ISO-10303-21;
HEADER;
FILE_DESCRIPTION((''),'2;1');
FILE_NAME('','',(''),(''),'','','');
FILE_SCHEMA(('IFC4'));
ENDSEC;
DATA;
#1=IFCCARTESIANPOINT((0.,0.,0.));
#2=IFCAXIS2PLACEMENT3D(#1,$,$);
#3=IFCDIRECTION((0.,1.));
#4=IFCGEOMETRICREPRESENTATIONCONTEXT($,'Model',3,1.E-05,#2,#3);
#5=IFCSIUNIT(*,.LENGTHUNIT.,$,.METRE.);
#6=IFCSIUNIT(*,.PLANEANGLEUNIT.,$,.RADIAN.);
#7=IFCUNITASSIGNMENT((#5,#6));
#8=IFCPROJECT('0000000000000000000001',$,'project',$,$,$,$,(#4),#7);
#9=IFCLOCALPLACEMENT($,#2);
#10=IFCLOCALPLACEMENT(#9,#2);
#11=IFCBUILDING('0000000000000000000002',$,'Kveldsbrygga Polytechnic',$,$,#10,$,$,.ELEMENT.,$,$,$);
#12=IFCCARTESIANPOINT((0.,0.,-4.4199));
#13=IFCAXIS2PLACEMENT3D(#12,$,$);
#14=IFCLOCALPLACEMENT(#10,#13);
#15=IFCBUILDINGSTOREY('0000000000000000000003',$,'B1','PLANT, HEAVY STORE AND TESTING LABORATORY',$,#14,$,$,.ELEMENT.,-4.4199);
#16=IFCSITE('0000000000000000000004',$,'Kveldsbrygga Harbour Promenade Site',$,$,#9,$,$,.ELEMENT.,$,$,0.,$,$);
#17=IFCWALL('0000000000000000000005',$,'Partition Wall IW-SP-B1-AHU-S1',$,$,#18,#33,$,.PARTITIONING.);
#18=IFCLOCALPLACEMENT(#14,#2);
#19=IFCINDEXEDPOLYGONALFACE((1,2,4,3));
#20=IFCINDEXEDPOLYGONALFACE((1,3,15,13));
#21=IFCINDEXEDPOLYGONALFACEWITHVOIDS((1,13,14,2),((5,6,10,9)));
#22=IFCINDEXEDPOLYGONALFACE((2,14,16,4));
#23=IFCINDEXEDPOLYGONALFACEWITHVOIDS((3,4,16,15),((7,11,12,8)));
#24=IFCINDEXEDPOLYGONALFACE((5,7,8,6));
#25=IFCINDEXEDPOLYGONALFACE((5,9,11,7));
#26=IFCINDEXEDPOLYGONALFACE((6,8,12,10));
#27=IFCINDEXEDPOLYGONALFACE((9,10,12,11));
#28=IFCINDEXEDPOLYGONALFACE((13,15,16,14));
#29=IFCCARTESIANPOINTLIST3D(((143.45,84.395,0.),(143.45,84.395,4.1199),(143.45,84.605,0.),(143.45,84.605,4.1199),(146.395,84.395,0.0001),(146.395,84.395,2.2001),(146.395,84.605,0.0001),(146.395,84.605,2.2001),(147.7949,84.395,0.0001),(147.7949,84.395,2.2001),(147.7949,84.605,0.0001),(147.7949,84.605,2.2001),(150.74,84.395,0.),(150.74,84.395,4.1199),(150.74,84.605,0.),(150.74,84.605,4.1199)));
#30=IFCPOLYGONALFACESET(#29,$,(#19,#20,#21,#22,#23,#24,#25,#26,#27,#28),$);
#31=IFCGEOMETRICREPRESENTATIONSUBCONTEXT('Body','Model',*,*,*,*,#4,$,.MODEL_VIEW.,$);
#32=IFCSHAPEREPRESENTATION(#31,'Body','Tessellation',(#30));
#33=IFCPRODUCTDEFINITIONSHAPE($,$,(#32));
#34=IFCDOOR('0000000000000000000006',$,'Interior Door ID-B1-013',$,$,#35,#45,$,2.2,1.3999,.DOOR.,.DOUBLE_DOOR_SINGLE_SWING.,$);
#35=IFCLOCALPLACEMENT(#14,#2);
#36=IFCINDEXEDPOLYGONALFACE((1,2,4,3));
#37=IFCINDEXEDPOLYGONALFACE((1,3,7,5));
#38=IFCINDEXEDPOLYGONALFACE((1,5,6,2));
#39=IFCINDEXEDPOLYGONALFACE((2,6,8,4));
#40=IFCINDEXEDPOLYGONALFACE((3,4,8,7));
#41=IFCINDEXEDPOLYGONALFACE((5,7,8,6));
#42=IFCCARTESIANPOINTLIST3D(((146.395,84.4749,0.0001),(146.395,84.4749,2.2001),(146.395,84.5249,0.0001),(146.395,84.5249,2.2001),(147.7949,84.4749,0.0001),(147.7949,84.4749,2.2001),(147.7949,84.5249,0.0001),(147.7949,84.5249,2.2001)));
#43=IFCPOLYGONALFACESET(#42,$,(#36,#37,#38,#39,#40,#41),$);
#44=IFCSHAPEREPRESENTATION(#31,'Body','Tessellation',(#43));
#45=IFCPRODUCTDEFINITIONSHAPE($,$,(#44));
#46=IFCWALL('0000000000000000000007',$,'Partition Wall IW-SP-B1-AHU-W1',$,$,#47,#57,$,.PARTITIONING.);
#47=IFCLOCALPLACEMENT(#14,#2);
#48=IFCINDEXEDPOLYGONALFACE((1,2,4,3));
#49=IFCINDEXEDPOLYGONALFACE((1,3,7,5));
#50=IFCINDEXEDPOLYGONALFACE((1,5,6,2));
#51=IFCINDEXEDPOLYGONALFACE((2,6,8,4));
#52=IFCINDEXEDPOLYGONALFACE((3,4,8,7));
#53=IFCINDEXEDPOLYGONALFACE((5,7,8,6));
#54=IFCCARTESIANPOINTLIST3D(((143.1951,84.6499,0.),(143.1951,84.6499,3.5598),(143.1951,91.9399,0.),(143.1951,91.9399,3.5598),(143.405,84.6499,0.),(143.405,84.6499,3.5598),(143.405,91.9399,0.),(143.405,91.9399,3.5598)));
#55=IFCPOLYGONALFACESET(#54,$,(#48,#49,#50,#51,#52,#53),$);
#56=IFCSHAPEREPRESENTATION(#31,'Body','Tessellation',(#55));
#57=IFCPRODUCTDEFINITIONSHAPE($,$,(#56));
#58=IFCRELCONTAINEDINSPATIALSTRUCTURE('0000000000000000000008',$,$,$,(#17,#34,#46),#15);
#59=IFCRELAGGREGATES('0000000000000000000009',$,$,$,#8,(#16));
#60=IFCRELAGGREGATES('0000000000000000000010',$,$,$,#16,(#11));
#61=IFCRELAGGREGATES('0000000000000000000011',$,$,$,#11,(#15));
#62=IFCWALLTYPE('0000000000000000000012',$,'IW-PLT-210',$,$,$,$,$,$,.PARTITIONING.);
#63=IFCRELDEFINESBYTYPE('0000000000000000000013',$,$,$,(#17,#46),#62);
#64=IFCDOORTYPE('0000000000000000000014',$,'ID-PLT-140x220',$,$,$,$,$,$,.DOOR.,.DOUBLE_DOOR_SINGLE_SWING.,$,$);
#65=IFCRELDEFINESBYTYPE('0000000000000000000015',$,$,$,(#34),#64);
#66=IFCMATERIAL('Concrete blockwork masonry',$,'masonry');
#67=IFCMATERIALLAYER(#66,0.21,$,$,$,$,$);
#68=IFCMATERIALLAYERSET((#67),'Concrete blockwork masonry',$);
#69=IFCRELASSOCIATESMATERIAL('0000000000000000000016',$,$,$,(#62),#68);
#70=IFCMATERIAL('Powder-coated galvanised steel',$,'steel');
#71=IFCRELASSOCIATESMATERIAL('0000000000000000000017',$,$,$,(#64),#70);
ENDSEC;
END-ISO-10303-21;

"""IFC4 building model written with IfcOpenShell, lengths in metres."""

from ifc_helpers import new_model, si_unit, direction, frame, frame_2d, origin, place, context, subcontext, project, spatial, rectangle, extrude, material, layer, layer_set, type_object, element, fill, save


model = new_model("IFC4")

# Units and contexts
model_context = context("Model", 3, precision=1e-05, world=origin(), true_north=direction((0.0, 1.0)))
body_context = subcontext(model_context, "Body", "Model", "MODEL_VIEW")
ifc_project = project(units=[si_unit("LENGTHUNIT", "METRE"), si_unit("PLANEANGLEUNIT", "RADIAN")], contexts=[model_context])

# Site, building, storey
site_placement = place(None, origin())
site = spatial("IfcSite", under=ifc_project, at=site_placement, Name="Kveldsbrygga Harbour Promenade Site", CompositionType="ELEMENT", RefElevation=0.0)
building_placement = place(site_placement, origin())
building = spatial("IfcBuilding", under=site, at=building_placement, Name="Kveldsbrygga Polytechnic", CompositionType="ELEMENT")
storey_placement = place(building_placement, frame((0.0, 0.0, -4.4199)))
storey = spatial("IfcBuildingStorey", under=building, at=storey_placement, Name="B1", Description="PLANT, HEAVY STORE AND TESTING LABORATORY", CompositionType="ELEMENT", Elevation=-4.4199)

# Wall, opening, door
ifc_material_1 = material(Name="Concrete blockwork masonry", Category="masonry")
ifc_layer = layer(ifc_material_1, 0.21)
ifc_layer_set = layer_set([ifc_layer], Name="Concrete blockwork masonry")
wall_type = type_object("IfcWallType", Name="IW-PLT-210", PredefinedType="PARTITIONING", material=ifc_layer_set)
wall_1_placement = place(storey_placement, frame((143.45, 84.5, 0.0), z_axis=(0.0, 0.0, 1.0), x_axis=(1.0, 0.0, 0.0)))
wall_1 = element("IfcWall", 1, at=wall_1_placement, inside=storey, type_object=wall_type, Name="Partition Wall IW-SP-B1-AHU-S1", PredefinedType="PARTITIONING", context=body_context, shape_type="SweptSolid", body=[
    extrude(rectangle(XDim=7.29, YDim=0.21, at=frame_2d((3.645, 0.0))), origin(), (0.0, 0.0, 1.0), 4.1199),
])
opening_placement = place(wall_1_placement, frame((2.9451, 0.0, 0.0)))
opening = element("IfcOpeningElement", 2, at=opening_placement, cuts=wall_1, PredefinedType="OPENING", context=body_context, shape_type="SweptSolid", body=[
    extrude(rectangle(XDim=1.3999, YDim=2.2, at=frame_2d((0.7, 1.1001))), frame((0.0, 0.115, 0.0), z_axis=(0.0, -1.0, 0.0), x_axis=(1.0, 0.0, 0.0)), (0.0, 0.0, 1.0), 0.23),
])
ifc_material_2 = material(Name="Powder-coated galvanised steel", Category="steel")
door_type = type_object("IfcDoorType", Name="ID-PLT-140x220", OperationType="DOUBLE_DOOR_SINGLE_SWING", PredefinedType="DOOR", material=ifc_material_2)
door_placement = place(opening_placement, origin())
door = element("IfcDoor", 3, at=door_placement, inside=storey, type_object=door_type, Name="Interior Door ID-B1-013", OperationType="DOUBLE_DOOR_SINGLE_SWING", OverallHeight=2.2, OverallWidth=1.3999, PredefinedType="DOOR", context=body_context, shape_type="SweptSolid", body=[
    extrude(rectangle(XDim=1.3999, YDim=2.2, at=frame_2d((0.7, 1.1001))), frame((0.0, 0.0249, 0.0), z_axis=(0.0, -1.0, 0.0), x_axis=(1.0, 0.0, 0.0)), (0.0, 0.0, 1.0), 0.05),
])
fill(opening, door)

# Wall
wall_2_placement = place(storey_placement, frame((143.3, 84.6499, 0.0), z_axis=(0.0, 0.0, 1.0), x_axis=(0.0, 1.0, 0.0)))
element("IfcWall", 4, at=wall_2_placement, inside=storey, type_object=wall_type, Name="Partition Wall IW-SP-B1-AHU-W1", PredefinedType="PARTITIONING", context=body_context, shape_type="SweptSolid", body=[
    extrude(rectangle(XDim=7.29, YDim=0.21, at=frame_2d((3.645, 0.0))), origin(), (0.0, 0.0, 1.0), 3.5598),
])

save(model, "model.ifc")
